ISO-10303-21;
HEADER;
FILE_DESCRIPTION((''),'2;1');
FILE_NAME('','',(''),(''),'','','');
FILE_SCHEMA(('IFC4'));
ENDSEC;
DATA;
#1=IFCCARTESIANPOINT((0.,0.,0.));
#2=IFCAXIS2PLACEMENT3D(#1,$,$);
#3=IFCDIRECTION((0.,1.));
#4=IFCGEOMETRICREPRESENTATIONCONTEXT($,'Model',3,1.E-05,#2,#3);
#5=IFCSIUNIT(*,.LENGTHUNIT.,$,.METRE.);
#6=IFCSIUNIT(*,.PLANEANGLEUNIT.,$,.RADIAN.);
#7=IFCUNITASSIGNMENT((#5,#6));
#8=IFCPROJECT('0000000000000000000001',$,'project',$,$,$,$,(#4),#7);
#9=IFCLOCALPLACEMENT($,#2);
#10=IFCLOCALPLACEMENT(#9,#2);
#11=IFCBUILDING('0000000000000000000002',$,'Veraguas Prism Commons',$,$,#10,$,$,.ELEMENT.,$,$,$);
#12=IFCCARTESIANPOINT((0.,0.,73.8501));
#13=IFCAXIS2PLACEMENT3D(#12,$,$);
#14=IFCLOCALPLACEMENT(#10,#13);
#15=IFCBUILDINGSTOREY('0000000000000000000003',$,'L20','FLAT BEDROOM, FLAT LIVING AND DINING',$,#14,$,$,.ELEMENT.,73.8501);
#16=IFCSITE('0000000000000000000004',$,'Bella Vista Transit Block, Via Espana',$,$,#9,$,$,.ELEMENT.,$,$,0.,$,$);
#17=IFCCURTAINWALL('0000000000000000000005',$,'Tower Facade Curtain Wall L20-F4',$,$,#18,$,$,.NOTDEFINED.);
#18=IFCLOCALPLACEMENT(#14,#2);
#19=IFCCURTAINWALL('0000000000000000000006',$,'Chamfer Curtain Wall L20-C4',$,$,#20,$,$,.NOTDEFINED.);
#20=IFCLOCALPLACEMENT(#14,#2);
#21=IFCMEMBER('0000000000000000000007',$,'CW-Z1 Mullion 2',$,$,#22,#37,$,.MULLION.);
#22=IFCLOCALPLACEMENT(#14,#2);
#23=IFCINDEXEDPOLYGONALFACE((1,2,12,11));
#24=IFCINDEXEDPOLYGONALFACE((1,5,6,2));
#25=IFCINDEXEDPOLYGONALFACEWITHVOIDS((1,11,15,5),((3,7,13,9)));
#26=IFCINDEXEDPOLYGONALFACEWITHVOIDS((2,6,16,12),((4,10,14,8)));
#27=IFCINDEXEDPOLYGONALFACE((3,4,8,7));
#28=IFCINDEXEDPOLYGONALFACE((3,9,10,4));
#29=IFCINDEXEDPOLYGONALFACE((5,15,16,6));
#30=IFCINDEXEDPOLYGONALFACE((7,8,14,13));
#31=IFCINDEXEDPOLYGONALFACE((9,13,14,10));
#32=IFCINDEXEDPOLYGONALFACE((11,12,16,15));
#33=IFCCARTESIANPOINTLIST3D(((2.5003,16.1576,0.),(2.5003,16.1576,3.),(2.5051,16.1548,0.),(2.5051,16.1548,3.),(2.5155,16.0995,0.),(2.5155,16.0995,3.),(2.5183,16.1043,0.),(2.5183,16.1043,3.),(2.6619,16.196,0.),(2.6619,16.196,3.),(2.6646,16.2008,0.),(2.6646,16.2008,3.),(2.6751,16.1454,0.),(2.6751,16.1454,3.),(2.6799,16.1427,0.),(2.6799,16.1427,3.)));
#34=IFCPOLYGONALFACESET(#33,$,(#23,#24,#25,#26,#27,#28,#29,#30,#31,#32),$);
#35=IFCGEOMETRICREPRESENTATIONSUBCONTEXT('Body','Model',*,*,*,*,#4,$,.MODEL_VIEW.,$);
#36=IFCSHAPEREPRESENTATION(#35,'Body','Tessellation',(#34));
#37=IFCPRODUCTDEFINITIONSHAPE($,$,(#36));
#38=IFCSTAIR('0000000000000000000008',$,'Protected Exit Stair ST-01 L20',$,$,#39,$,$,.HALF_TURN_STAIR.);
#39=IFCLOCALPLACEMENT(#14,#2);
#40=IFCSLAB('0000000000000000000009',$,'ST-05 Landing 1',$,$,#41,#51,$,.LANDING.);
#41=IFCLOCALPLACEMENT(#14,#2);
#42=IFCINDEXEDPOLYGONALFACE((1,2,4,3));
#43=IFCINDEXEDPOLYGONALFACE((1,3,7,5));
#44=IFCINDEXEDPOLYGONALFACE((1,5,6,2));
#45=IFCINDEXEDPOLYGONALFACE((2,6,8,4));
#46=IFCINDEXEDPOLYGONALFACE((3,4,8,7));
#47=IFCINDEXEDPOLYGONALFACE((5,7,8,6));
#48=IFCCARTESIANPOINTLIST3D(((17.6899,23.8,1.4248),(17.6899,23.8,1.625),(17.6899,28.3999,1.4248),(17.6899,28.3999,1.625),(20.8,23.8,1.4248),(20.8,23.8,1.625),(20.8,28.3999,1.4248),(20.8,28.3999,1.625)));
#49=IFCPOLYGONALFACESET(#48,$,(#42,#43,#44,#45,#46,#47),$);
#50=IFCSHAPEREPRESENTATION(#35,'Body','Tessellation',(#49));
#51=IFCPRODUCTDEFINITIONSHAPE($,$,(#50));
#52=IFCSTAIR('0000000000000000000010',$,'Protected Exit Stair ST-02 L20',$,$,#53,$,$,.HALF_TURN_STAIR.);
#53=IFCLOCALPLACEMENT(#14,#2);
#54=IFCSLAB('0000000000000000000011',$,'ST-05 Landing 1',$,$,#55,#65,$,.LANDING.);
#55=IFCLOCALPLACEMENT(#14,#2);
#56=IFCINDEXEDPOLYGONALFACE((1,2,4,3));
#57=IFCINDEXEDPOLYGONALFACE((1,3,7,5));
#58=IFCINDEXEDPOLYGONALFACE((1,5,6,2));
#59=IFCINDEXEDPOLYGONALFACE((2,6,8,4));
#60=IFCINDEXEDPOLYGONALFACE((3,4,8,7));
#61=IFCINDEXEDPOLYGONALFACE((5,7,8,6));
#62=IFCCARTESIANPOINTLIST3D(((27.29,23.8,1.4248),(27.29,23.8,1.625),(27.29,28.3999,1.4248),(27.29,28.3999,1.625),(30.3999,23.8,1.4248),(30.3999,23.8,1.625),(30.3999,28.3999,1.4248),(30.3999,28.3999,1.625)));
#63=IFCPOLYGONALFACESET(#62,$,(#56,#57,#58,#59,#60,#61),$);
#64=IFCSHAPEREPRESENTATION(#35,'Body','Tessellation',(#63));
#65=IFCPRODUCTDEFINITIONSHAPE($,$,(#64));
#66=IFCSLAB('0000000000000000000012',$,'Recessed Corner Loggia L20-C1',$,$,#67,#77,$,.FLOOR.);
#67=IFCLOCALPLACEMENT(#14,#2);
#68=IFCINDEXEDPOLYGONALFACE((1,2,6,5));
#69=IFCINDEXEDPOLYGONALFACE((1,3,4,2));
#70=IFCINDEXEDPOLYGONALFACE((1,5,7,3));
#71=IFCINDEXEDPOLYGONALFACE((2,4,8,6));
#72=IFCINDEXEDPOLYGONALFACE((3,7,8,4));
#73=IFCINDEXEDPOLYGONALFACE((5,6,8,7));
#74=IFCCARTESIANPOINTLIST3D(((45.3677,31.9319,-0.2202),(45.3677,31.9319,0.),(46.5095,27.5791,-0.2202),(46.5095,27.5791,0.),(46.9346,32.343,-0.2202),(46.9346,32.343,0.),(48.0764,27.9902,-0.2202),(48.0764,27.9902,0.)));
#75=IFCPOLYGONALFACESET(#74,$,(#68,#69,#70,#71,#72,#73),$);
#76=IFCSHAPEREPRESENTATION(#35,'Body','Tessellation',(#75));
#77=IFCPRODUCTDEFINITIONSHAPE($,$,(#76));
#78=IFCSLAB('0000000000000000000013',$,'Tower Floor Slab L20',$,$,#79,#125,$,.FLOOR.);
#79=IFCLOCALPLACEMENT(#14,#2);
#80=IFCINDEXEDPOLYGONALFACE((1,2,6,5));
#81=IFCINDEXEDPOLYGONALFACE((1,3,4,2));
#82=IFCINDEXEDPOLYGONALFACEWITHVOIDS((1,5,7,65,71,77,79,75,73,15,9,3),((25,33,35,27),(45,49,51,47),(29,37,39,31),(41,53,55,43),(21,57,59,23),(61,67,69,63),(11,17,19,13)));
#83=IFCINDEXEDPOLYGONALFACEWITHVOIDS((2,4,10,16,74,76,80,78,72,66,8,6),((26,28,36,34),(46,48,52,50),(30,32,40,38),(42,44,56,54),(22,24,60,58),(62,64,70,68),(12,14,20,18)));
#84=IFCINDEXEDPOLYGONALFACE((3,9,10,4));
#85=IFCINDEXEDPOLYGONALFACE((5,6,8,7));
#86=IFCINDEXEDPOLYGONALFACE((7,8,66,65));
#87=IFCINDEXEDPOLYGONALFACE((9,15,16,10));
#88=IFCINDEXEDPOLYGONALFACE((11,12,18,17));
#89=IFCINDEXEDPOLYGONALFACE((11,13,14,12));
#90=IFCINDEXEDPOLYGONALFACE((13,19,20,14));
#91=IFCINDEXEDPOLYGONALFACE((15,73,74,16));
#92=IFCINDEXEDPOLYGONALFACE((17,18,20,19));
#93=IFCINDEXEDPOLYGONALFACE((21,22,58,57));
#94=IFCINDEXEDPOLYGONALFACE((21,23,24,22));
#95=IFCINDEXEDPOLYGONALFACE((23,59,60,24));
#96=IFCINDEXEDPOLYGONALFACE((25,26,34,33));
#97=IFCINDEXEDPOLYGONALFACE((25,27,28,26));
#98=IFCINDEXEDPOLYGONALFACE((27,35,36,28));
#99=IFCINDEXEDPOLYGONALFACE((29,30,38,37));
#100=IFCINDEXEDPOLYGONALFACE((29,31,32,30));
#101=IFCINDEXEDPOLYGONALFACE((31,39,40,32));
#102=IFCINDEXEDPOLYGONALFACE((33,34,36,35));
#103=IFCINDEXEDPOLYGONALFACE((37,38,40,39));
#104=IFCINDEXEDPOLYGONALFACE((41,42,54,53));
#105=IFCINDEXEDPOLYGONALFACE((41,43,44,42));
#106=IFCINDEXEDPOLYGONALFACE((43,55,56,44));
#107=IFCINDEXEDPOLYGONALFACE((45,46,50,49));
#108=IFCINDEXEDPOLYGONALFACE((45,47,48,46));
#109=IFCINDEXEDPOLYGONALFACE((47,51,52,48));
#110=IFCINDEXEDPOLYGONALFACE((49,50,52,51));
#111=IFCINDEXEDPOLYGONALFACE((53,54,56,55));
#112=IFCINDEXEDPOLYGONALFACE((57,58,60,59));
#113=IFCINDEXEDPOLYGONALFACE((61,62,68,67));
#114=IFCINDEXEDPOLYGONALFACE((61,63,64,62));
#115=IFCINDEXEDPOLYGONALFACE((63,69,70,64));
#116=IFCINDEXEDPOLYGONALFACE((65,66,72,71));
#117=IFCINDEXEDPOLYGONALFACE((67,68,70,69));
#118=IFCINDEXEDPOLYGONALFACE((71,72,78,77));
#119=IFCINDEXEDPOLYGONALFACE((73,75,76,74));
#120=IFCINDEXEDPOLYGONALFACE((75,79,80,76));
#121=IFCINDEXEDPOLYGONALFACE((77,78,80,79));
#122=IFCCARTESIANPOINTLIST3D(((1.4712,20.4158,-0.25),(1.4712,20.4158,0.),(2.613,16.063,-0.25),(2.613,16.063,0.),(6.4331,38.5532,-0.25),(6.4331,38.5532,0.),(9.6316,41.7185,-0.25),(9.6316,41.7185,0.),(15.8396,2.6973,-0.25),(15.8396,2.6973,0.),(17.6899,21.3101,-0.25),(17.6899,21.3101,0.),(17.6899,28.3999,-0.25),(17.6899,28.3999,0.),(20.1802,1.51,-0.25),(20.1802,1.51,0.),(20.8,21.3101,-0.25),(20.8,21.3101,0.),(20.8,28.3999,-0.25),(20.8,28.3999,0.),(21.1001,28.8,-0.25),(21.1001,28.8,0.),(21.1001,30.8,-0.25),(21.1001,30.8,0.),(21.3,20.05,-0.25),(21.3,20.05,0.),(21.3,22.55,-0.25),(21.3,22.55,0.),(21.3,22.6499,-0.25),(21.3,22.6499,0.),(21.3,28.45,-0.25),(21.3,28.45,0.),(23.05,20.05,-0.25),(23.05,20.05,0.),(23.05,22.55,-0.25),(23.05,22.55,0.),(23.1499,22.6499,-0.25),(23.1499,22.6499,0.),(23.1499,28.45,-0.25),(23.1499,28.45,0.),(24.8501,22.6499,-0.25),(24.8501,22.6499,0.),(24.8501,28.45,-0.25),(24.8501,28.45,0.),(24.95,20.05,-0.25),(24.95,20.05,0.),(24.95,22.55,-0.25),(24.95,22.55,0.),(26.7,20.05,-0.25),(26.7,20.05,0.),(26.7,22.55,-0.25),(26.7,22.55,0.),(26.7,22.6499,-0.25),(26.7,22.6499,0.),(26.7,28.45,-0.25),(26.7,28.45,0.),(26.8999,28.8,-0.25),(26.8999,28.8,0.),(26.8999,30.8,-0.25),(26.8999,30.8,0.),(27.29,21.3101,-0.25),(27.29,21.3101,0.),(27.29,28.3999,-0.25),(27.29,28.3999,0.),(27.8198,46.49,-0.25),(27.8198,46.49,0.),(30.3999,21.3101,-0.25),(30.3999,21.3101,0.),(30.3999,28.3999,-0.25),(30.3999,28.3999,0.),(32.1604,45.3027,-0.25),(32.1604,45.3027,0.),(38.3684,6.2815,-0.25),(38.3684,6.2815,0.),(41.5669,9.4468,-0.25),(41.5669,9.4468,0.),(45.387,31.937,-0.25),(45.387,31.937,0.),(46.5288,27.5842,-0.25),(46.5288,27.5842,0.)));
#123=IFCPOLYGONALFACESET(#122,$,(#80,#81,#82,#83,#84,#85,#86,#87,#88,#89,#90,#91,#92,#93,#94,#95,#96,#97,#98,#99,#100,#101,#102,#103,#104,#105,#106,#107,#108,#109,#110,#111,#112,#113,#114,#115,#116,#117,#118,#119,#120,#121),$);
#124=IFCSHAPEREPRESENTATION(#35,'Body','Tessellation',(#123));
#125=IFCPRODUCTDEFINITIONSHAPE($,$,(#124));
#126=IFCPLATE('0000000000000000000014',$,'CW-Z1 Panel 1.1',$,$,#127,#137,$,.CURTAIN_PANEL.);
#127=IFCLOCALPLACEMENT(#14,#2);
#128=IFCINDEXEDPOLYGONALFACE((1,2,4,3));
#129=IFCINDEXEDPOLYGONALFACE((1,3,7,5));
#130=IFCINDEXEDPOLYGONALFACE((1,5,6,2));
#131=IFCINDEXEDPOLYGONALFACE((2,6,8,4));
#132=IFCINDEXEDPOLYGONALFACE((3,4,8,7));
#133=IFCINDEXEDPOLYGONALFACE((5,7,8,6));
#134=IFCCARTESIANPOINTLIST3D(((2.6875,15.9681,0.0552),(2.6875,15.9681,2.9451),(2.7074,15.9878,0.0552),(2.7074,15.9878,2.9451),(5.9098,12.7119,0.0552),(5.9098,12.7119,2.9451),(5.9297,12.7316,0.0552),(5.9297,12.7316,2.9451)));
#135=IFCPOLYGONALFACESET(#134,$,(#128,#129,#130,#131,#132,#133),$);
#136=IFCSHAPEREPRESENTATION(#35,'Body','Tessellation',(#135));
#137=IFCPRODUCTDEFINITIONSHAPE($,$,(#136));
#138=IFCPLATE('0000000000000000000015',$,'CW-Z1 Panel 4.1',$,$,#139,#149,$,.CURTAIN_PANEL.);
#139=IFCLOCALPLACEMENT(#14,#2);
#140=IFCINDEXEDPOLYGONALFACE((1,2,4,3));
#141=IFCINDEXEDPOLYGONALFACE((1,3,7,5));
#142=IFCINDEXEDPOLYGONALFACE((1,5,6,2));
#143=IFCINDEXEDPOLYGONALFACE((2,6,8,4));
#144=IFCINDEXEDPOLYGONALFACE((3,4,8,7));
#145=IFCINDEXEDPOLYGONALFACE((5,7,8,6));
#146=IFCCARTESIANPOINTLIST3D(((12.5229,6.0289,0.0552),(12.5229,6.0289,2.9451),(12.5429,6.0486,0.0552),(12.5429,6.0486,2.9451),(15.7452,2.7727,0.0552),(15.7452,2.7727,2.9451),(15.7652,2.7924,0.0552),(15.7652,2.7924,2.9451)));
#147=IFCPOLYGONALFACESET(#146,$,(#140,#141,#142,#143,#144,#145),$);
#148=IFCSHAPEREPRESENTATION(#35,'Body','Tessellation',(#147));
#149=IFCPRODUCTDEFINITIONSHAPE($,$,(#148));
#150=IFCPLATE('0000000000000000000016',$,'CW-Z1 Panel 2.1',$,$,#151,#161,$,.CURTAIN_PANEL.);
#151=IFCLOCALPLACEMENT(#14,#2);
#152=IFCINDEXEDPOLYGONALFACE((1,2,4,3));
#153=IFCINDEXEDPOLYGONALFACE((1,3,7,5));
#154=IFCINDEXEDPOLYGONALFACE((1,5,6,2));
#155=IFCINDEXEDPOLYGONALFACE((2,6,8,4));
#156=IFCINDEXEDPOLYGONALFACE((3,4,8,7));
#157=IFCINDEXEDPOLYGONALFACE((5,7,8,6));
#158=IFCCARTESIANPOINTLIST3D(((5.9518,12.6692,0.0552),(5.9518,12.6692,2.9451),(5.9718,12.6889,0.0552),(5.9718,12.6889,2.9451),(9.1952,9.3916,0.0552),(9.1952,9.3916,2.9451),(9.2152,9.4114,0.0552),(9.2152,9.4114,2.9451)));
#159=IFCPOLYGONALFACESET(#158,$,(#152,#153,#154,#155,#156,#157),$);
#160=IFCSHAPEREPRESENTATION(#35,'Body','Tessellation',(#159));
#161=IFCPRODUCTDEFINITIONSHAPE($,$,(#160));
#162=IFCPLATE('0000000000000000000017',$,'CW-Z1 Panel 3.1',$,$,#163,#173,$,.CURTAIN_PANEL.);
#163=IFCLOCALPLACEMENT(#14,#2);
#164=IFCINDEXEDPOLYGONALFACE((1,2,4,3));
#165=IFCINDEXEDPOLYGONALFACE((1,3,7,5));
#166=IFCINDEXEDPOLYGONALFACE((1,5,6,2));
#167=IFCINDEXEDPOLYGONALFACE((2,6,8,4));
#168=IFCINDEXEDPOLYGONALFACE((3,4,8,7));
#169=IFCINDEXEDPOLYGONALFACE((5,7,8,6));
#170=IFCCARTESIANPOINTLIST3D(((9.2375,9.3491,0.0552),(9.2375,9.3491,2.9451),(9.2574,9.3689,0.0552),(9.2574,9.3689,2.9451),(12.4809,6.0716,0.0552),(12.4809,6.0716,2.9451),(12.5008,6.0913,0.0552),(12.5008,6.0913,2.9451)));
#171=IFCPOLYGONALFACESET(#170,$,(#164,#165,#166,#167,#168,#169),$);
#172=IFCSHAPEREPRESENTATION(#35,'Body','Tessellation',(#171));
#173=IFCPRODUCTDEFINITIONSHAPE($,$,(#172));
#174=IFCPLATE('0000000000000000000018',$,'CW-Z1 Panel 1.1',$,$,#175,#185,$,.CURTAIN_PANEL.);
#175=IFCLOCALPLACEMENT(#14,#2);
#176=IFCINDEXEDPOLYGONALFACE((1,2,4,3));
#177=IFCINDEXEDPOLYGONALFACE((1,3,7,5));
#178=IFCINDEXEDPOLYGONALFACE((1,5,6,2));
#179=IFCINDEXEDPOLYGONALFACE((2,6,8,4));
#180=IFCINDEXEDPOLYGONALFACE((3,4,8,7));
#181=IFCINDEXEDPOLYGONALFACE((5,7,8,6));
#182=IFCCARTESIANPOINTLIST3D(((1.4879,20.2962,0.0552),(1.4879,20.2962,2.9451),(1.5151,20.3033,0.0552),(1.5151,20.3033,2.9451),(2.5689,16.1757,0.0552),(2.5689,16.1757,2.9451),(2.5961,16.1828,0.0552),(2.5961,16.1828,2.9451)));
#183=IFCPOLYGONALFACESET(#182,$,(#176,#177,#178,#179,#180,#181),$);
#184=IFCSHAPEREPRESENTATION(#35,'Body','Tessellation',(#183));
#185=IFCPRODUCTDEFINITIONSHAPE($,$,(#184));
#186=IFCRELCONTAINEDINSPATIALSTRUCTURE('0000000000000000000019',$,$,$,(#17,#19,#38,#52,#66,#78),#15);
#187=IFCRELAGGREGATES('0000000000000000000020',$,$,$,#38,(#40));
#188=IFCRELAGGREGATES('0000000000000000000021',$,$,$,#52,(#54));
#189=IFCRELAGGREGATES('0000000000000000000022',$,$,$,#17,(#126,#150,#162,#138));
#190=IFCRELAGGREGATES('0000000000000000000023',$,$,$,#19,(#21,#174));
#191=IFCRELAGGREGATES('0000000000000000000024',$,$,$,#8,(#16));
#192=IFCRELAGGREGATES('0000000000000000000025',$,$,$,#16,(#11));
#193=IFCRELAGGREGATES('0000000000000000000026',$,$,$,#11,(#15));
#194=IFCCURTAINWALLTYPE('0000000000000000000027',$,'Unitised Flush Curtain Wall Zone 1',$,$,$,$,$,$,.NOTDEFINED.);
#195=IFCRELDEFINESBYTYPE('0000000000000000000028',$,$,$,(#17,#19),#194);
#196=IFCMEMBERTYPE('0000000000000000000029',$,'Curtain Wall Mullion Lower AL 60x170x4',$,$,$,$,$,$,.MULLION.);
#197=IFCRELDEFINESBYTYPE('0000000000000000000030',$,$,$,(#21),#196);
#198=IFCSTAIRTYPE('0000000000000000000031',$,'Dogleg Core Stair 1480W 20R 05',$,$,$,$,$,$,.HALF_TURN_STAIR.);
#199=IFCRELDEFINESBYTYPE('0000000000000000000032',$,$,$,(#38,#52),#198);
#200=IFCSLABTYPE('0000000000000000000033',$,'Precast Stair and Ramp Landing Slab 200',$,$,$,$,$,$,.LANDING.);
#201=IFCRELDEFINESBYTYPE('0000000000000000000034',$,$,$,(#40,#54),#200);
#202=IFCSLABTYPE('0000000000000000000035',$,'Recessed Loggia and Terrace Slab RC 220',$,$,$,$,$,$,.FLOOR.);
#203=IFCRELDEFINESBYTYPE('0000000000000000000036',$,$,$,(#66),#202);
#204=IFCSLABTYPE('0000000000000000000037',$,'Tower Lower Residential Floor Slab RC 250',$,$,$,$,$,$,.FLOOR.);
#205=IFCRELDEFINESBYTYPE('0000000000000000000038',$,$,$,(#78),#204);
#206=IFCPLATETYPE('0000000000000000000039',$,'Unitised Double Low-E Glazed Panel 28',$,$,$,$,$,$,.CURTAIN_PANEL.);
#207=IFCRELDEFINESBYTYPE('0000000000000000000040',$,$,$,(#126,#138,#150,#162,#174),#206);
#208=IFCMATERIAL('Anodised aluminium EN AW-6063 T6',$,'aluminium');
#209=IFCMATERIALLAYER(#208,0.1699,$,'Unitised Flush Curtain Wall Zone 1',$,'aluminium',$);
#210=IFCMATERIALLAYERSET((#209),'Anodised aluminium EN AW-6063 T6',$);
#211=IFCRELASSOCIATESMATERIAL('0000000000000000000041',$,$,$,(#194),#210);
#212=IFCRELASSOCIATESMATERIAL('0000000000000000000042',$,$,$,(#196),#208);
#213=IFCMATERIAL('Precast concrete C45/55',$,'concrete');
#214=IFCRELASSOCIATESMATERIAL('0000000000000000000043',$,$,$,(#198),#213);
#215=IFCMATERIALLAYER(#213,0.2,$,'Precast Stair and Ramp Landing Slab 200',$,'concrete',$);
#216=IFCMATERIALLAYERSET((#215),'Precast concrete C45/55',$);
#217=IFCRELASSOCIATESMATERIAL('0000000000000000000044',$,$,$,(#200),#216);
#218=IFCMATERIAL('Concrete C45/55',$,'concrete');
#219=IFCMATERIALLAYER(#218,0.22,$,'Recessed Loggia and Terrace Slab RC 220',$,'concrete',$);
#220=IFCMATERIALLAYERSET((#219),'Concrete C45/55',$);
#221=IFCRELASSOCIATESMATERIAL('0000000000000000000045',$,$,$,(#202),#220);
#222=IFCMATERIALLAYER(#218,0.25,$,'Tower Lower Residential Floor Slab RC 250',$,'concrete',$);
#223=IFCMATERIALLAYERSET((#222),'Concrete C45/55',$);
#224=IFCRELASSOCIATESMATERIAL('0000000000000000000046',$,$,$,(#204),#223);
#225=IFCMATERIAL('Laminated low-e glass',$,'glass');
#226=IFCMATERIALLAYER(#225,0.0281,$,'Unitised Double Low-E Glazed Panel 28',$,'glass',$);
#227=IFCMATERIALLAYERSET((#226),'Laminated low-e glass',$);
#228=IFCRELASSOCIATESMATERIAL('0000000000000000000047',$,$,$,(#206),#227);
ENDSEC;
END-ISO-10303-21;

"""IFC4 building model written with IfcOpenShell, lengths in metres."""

from ifc_helpers import new_model, si_unit, direction, frame, origin, origin_2d, place, context, subcontext, project, spatial, polyline, rectangle, hollow_rectangle, outline, extrude, source, transform, mapped, material, layer, layer_set, material_profile, profile_set, type_object, element, aggregate, save


model = new_model("IFC4")

# Units and contexts
model_context = context("Model", 3, precision=1e-05, world=origin(), true_north=direction((0.0, 1.0)))
body_context = subcontext(model_context, "Body", "Model", "MODEL_VIEW")
ifc_project = project(units=[si_unit("LENGTHUNIT", "METRE"), si_unit("PLANEANGLEUNIT", "RADIAN")], contexts=[model_context])

# Site, building, storey
site_placement = place(None, origin())
site = spatial("IfcSite", under=ifc_project, at=site_placement, Name="Bella Vista Transit Block, Via Espana", CompositionType="ELEMENT", RefElevation=0.0)
building_placement = place(site_placement, origin())
building = spatial("IfcBuilding", under=site, at=building_placement, Name="Veraguas Prism Commons", CompositionType="ELEMENT")
storey_placement = place(building_placement, frame((0.0, 0.0, 73.8501)))
storey = spatial("IfcBuildingStorey", under=building, at=storey_placement, Name="L20", Description="FLAT BEDROOM, FLAT LIVING AND DINING", CompositionType="ELEMENT", Elevation=73.8501)

# Curtain wall
ifc_material_1 = material(Name="Anodised aluminium EN AW-6063 T6", Category="aluminium")
ifc_layer_1 = layer(ifc_material_1, 0.1699, Name="Unitised Flush Curtain Wall Zone 1", Category="aluminium")
ifc_layer_set_1 = layer_set([ifc_layer_1], Name="Anodised aluminium EN AW-6063 T6")
curtain_wall_type = type_object("IfcCurtainWallType", Name="Unitised Flush Curtain Wall Zone 1", PredefinedType="NOTDEFINED", material=ifc_layer_set_1)
curtain_wall_1_placement = place(storey_placement, origin())
curtain_wall_1 = element("IfcCurtainWall", 1, at=curtain_wall_1_placement, inside=storey, type_object=curtain_wall_type, Name="Tower Facade Curtain Wall L20-F4", PredefinedType="NOTDEFINED")
ifc_material_profile_1 = material_profile(ifc_material_1, hollow_rectangle(XDim=0.0601, YDim=0.1699, WallThickness=0.0039, at=origin_2d()), Name="AL60X170X4")
ifc_profile_set_1 = profile_set([ifc_material_profile_1], Name="Anodised aluminium EN AW-6063 T6")
member_type_1 = type_object("IfcMemberType", Name="Curtain Wall Mullion Lower AL 60x170x4", PredefinedType="MULLION", material=ifc_profile_set_1)
shared_shape_1 = source(origin(), body_context, "Body", "SweptSolid", [
    extrude(hollow_rectangle(XDim=0.0601, YDim=0.1699, WallThickness=0.0039, at=origin_2d()), origin(), (0.0, 0.0, 1.0), 3.0),
])

# Curtain wall, member
curtain_wall_2_placement = place(storey_placement, origin())
curtain_wall_2 = element("IfcCurtainWall", 2, at=curtain_wall_2_placement, inside=storey, type_object=curtain_wall_type, Name="Chamfer Curtain Wall L20-C4", PredefinedType="NOTDEFINED")
member_1_placement = place(storey_placement, frame((2.5901, 16.1501, 0.0), z_axis=(0.0, 0.0, 1.0), x_axis=(0.253763, -0.967266, 0.0)))
member_1 = element("IfcMember", 3, at=member_1_placement, type_object=member_type_1, Name="CW-Z1 Mullion 2", PredefinedType="MULLION", context=body_context, shape_type="MappedRepresentation", body=[
    mapped(shared_shape_1, transform((0.0, 0.0, 0.0), scale=1.0)),
])

# Stairs, slabs
ifc_material_2 = material(Name="Precast concrete C45/55", Category="concrete")
stair_type = type_object("IfcStairType", Name="Dogleg Core Stair 1480W 20R 05", PredefinedType="HALF_TURN_STAIR", material=ifc_material_2)
stair_1_placement = place(storey_placement, origin())
stair_1 = element("IfcStair", 4, at=stair_1_placement, inside=storey, type_object=stair_type, Name="Protected Exit Stair ST-01 L20", PredefinedType="HALF_TURN_STAIR")
ifc_layer_2 = layer(ifc_material_2, 0.2, Name="Precast Stair and Ramp Landing Slab 200", Category="concrete")
ifc_layer_set_2 = layer_set([ifc_layer_2], Name="Precast concrete C45/55")
slab_type_1 = type_object("IfcSlabType", Name="Precast Stair and Ramp Landing Slab 200", PredefinedType="LANDING", material=ifc_layer_set_2)
slab_1_placement = place(storey_placement, frame((0.0, 0.0, 1.4248)))
slab_1 = element("IfcSlab", 5, at=slab_1_placement, type_object=slab_type_1, Name="ST-05 Landing 1", PredefinedType="LANDING", context=body_context, shape_type="SweptSolid", body=[
    extrude(outline(polyline([(20.8, 23.8), (20.8, 28.3999), (17.6899, 28.3999), (17.6899, 23.8), (20.8, 23.8)])), origin(), (0.0, 0.0, 1.0), 0.2002),
])
aggregate(stair_1, [slab_1])
stair_2_placement = place(storey_placement, origin())
stair_2 = element("IfcStair", 6, at=stair_2_placement, inside=storey, type_object=stair_type, Name="Protected Exit Stair ST-02 L20", PredefinedType="HALF_TURN_STAIR")
slab_2_placement = place(storey_placement, frame((0.0, 0.0, 1.4248)))
slab_2 = element("IfcSlab", 7, at=slab_2_placement, type_object=slab_type_1, Name="ST-05 Landing 1", PredefinedType="LANDING", context=body_context, shape_type="SweptSolid", body=[
    extrude(outline(polyline([(30.3999, 23.8), (30.3999, 28.3999), (27.29, 28.3999), (27.29, 23.8), (30.3999, 23.8)])), origin(), (0.0, 0.0, 1.0), 0.2002),
])
aggregate(stair_2, [slab_2])

# Slabs
ifc_material_3 = material(Name="Concrete C45/55", Category="concrete")
ifc_layer_3 = layer(ifc_material_3, 0.22, Name="Recessed Loggia and Terrace Slab RC 220", Category="concrete")
ifc_layer_set_3 = layer_set([ifc_layer_3], Name="Concrete C45/55")
slab_type_2 = type_object("IfcSlabType", Name="Recessed Loggia and Terrace Slab RC 220", PredefinedType="FLOOR", material=ifc_layer_set_3)
slab_3_placement = place(storey_placement, frame((0.0, 0.0, -0.2202)))
element("IfcSlab", 8, at=slab_3_placement, inside=storey, type_object=slab_type_2, Name="Recessed Corner Loggia L20-C1", PredefinedType="FLOOR", context=body_context, shape_type="SweptSolid", body=[
    extrude(outline(polyline([(46.5095, 27.5791), (48.0764, 27.9902), (46.9346, 32.343), (45.3677, 31.9319), (46.5095, 27.5791)])), origin(), (0.0, 0.0, 1.0), 0.2202),
])
ifc_layer_4 = layer(ifc_material_3, 0.25, Name="Tower Lower Residential Floor Slab RC 250", Category="concrete")
ifc_layer_set_4 = layer_set([ifc_layer_4], Name="Concrete C45/55")
slab_type_3 = type_object("IfcSlabType", Name="Tower Lower Residential Floor Slab RC 250", PredefinedType="FLOOR", material=ifc_layer_set_4)
slab_4_placement = place(storey_placement, frame((0.0, 0.0, -0.25)))
element("IfcSlab", 9, at=slab_4_placement, inside=storey, type_object=slab_type_3, Name="Tower Floor Slab L20", PredefinedType="FLOOR", context=body_context, shape_type="SweptSolid", body=[
    extrude(outline(polyline([(46.5288, 27.5842), (45.387, 31.937), (32.1604, 45.3027), (27.8198, 46.49), (9.6316, 41.7185), (6.4331, 38.5532), (1.4712, 20.4158), (2.613, 16.063), (15.8396, 2.6973), (20.1802, 1.51), (38.3684, 6.2815), (41.5669, 9.4468), (46.5288, 27.5842)]), holes=[polyline([(20.8, 21.3101), (20.8, 28.3999), (17.6899, 28.3999), (17.6899, 21.3101), (20.8, 21.3101)]), polyline([(30.3999, 21.3101), (30.3999, 28.3999), (27.29, 28.3999), (27.29, 21.3101), (30.3999, 21.3101)]), polyline([(21.3, 22.6499), (23.1499, 22.6499), (23.1499, 28.45), (21.3, 28.45), (21.3, 22.6499)]), polyline([(24.8501, 22.6499), (26.7, 22.6499), (26.7, 28.45), (24.8501, 28.45), (24.8501, 22.6499)]), polyline([(21.1001, 28.8), (26.8999, 28.8), (26.8999, 30.8), (21.1001, 30.8), (21.1001, 28.8)]), polyline([(21.3, 20.05), (23.05, 20.05), (23.05, 22.55), (21.3, 22.55), (21.3, 20.05)]), polyline([(24.95, 20.05), (26.7, 20.05), (26.7, 22.55), (24.95, 22.55), (24.95, 20.05)])]), origin(), (0.0, 0.0, 1.0), 0.25),
])

# Plates
ifc_material_4 = material(Name="Laminated low-e glass", Category="glass")
ifc_layer_5 = layer(ifc_material_4, 0.0281, Name="Unitised Double Low-E Glazed Panel 28", Category="glass")
ifc_layer_set_5 = layer_set([ifc_layer_5], Name="Laminated low-e glass")
plate_type = type_object("IfcPlateType", Name="Unitised Double Low-E Glazed Panel 28", PredefinedType="CURTAIN_PANEL", material=ifc_layer_set_5)
shared_shape_2 = source(origin(), body_context, "Body", "SweptSolid", [
    extrude(rectangle(XDim=4.5811, YDim=0.0281, at=origin_2d()), origin(), (0.0, 0.0, 1.0), 2.8899),
])
plate_1_placement = place(storey_placement, frame((4.3086, 14.3499, 0.0552), z_axis=(0.0, 0.0, 1.0), x_axis=(0.703393, -0.710801, 0.0)))
plate_1 = element("IfcPlate", 10, at=plate_1_placement, type_object=plate_type, Name="CW-Z1 Panel 1.1", PredefinedType="CURTAIN_PANEL", context=body_context, shape_type="MappedRepresentation", body=[
    mapped(shared_shape_2, transform((0.0, 0.0, 0.0), scale=1.0)),
])
plate_2_placement = place(storey_placement, frame((14.144, 4.4106, 0.0552), z_axis=(0.0, 0.0, 1.0), x_axis=(0.703393, -0.710801, 0.0)))
plate_2 = element("IfcPlate", 11, at=plate_2_placement, type_object=plate_type, Name="CW-Z1 Panel 4.1", PredefinedType="CURTAIN_PANEL", context=body_context, shape_type="MappedRepresentation", body=[
    mapped(shared_shape_2, transform((0.0, 0.0, 0.0), scale=1.0)),
])
shared_shape_3 = source(origin(), body_context, "Body", "SweptSolid", [
    extrude(rectangle(XDim=4.6111, YDim=0.0281, at=origin_2d()), origin(), (0.0, 0.0, 1.0), 2.8899),
])
plate_3_placement = place(storey_placement, frame((7.5835, 11.0403, 0.0552), z_axis=(0.0, 0.0, 1.0), x_axis=(0.703393, -0.710801, 0.0)))
plate_3 = element("IfcPlate", 12, at=plate_3_placement, type_object=plate_type, Name="CW-Z1 Panel 2.1", PredefinedType="CURTAIN_PANEL", context=body_context, shape_type="MappedRepresentation", body=[
    mapped(shared_shape_3, transform((0.0, 0.0, 0.0), scale=1.0)),
])
plate_4_placement = place(storey_placement, frame((10.8691, 7.7202, 0.0552), z_axis=(0.0, 0.0, 1.0), x_axis=(0.703393, -0.710801, 0.0)))
plate_4 = element("IfcPlate", 13, at=plate_4_placement, type_object=plate_type, Name="CW-Z1 Panel 3.1", PredefinedType="CURTAIN_PANEL", context=body_context, shape_type="MappedRepresentation", body=[
    mapped(shared_shape_3, transform((0.0, 0.0, 0.0), scale=1.0)),
])
aggregate(curtain_wall_1, [plate_1, plate_3, plate_4, plate_2])
shared_shape_4 = source(origin(), body_context, "Body", "SweptSolid", [
    extrude(rectangle(XDim=4.26, YDim=0.0281, at=origin_2d()), origin(), (0.0, 0.0, 1.0), 2.8899),
])
plate_5_placement = place(storey_placement, frame((2.042, 18.2395, 0.0552), z_axis=(0.0, 0.0, 1.0), x_axis=(0.253763, -0.967266, 0.0)))
plate_5 = element("IfcPlate", 14, at=plate_5_placement, type_object=plate_type, Name="CW-Z1 Panel 1.1", PredefinedType="CURTAIN_PANEL", context=body_context, shape_type="MappedRepresentation", body=[
    mapped(shared_shape_4, transform((0.0, 0.0, 0.0), scale=1.0)),
])
aggregate(curtain_wall_2, [member_1, plate_5])

save(model, "model.ifc")
